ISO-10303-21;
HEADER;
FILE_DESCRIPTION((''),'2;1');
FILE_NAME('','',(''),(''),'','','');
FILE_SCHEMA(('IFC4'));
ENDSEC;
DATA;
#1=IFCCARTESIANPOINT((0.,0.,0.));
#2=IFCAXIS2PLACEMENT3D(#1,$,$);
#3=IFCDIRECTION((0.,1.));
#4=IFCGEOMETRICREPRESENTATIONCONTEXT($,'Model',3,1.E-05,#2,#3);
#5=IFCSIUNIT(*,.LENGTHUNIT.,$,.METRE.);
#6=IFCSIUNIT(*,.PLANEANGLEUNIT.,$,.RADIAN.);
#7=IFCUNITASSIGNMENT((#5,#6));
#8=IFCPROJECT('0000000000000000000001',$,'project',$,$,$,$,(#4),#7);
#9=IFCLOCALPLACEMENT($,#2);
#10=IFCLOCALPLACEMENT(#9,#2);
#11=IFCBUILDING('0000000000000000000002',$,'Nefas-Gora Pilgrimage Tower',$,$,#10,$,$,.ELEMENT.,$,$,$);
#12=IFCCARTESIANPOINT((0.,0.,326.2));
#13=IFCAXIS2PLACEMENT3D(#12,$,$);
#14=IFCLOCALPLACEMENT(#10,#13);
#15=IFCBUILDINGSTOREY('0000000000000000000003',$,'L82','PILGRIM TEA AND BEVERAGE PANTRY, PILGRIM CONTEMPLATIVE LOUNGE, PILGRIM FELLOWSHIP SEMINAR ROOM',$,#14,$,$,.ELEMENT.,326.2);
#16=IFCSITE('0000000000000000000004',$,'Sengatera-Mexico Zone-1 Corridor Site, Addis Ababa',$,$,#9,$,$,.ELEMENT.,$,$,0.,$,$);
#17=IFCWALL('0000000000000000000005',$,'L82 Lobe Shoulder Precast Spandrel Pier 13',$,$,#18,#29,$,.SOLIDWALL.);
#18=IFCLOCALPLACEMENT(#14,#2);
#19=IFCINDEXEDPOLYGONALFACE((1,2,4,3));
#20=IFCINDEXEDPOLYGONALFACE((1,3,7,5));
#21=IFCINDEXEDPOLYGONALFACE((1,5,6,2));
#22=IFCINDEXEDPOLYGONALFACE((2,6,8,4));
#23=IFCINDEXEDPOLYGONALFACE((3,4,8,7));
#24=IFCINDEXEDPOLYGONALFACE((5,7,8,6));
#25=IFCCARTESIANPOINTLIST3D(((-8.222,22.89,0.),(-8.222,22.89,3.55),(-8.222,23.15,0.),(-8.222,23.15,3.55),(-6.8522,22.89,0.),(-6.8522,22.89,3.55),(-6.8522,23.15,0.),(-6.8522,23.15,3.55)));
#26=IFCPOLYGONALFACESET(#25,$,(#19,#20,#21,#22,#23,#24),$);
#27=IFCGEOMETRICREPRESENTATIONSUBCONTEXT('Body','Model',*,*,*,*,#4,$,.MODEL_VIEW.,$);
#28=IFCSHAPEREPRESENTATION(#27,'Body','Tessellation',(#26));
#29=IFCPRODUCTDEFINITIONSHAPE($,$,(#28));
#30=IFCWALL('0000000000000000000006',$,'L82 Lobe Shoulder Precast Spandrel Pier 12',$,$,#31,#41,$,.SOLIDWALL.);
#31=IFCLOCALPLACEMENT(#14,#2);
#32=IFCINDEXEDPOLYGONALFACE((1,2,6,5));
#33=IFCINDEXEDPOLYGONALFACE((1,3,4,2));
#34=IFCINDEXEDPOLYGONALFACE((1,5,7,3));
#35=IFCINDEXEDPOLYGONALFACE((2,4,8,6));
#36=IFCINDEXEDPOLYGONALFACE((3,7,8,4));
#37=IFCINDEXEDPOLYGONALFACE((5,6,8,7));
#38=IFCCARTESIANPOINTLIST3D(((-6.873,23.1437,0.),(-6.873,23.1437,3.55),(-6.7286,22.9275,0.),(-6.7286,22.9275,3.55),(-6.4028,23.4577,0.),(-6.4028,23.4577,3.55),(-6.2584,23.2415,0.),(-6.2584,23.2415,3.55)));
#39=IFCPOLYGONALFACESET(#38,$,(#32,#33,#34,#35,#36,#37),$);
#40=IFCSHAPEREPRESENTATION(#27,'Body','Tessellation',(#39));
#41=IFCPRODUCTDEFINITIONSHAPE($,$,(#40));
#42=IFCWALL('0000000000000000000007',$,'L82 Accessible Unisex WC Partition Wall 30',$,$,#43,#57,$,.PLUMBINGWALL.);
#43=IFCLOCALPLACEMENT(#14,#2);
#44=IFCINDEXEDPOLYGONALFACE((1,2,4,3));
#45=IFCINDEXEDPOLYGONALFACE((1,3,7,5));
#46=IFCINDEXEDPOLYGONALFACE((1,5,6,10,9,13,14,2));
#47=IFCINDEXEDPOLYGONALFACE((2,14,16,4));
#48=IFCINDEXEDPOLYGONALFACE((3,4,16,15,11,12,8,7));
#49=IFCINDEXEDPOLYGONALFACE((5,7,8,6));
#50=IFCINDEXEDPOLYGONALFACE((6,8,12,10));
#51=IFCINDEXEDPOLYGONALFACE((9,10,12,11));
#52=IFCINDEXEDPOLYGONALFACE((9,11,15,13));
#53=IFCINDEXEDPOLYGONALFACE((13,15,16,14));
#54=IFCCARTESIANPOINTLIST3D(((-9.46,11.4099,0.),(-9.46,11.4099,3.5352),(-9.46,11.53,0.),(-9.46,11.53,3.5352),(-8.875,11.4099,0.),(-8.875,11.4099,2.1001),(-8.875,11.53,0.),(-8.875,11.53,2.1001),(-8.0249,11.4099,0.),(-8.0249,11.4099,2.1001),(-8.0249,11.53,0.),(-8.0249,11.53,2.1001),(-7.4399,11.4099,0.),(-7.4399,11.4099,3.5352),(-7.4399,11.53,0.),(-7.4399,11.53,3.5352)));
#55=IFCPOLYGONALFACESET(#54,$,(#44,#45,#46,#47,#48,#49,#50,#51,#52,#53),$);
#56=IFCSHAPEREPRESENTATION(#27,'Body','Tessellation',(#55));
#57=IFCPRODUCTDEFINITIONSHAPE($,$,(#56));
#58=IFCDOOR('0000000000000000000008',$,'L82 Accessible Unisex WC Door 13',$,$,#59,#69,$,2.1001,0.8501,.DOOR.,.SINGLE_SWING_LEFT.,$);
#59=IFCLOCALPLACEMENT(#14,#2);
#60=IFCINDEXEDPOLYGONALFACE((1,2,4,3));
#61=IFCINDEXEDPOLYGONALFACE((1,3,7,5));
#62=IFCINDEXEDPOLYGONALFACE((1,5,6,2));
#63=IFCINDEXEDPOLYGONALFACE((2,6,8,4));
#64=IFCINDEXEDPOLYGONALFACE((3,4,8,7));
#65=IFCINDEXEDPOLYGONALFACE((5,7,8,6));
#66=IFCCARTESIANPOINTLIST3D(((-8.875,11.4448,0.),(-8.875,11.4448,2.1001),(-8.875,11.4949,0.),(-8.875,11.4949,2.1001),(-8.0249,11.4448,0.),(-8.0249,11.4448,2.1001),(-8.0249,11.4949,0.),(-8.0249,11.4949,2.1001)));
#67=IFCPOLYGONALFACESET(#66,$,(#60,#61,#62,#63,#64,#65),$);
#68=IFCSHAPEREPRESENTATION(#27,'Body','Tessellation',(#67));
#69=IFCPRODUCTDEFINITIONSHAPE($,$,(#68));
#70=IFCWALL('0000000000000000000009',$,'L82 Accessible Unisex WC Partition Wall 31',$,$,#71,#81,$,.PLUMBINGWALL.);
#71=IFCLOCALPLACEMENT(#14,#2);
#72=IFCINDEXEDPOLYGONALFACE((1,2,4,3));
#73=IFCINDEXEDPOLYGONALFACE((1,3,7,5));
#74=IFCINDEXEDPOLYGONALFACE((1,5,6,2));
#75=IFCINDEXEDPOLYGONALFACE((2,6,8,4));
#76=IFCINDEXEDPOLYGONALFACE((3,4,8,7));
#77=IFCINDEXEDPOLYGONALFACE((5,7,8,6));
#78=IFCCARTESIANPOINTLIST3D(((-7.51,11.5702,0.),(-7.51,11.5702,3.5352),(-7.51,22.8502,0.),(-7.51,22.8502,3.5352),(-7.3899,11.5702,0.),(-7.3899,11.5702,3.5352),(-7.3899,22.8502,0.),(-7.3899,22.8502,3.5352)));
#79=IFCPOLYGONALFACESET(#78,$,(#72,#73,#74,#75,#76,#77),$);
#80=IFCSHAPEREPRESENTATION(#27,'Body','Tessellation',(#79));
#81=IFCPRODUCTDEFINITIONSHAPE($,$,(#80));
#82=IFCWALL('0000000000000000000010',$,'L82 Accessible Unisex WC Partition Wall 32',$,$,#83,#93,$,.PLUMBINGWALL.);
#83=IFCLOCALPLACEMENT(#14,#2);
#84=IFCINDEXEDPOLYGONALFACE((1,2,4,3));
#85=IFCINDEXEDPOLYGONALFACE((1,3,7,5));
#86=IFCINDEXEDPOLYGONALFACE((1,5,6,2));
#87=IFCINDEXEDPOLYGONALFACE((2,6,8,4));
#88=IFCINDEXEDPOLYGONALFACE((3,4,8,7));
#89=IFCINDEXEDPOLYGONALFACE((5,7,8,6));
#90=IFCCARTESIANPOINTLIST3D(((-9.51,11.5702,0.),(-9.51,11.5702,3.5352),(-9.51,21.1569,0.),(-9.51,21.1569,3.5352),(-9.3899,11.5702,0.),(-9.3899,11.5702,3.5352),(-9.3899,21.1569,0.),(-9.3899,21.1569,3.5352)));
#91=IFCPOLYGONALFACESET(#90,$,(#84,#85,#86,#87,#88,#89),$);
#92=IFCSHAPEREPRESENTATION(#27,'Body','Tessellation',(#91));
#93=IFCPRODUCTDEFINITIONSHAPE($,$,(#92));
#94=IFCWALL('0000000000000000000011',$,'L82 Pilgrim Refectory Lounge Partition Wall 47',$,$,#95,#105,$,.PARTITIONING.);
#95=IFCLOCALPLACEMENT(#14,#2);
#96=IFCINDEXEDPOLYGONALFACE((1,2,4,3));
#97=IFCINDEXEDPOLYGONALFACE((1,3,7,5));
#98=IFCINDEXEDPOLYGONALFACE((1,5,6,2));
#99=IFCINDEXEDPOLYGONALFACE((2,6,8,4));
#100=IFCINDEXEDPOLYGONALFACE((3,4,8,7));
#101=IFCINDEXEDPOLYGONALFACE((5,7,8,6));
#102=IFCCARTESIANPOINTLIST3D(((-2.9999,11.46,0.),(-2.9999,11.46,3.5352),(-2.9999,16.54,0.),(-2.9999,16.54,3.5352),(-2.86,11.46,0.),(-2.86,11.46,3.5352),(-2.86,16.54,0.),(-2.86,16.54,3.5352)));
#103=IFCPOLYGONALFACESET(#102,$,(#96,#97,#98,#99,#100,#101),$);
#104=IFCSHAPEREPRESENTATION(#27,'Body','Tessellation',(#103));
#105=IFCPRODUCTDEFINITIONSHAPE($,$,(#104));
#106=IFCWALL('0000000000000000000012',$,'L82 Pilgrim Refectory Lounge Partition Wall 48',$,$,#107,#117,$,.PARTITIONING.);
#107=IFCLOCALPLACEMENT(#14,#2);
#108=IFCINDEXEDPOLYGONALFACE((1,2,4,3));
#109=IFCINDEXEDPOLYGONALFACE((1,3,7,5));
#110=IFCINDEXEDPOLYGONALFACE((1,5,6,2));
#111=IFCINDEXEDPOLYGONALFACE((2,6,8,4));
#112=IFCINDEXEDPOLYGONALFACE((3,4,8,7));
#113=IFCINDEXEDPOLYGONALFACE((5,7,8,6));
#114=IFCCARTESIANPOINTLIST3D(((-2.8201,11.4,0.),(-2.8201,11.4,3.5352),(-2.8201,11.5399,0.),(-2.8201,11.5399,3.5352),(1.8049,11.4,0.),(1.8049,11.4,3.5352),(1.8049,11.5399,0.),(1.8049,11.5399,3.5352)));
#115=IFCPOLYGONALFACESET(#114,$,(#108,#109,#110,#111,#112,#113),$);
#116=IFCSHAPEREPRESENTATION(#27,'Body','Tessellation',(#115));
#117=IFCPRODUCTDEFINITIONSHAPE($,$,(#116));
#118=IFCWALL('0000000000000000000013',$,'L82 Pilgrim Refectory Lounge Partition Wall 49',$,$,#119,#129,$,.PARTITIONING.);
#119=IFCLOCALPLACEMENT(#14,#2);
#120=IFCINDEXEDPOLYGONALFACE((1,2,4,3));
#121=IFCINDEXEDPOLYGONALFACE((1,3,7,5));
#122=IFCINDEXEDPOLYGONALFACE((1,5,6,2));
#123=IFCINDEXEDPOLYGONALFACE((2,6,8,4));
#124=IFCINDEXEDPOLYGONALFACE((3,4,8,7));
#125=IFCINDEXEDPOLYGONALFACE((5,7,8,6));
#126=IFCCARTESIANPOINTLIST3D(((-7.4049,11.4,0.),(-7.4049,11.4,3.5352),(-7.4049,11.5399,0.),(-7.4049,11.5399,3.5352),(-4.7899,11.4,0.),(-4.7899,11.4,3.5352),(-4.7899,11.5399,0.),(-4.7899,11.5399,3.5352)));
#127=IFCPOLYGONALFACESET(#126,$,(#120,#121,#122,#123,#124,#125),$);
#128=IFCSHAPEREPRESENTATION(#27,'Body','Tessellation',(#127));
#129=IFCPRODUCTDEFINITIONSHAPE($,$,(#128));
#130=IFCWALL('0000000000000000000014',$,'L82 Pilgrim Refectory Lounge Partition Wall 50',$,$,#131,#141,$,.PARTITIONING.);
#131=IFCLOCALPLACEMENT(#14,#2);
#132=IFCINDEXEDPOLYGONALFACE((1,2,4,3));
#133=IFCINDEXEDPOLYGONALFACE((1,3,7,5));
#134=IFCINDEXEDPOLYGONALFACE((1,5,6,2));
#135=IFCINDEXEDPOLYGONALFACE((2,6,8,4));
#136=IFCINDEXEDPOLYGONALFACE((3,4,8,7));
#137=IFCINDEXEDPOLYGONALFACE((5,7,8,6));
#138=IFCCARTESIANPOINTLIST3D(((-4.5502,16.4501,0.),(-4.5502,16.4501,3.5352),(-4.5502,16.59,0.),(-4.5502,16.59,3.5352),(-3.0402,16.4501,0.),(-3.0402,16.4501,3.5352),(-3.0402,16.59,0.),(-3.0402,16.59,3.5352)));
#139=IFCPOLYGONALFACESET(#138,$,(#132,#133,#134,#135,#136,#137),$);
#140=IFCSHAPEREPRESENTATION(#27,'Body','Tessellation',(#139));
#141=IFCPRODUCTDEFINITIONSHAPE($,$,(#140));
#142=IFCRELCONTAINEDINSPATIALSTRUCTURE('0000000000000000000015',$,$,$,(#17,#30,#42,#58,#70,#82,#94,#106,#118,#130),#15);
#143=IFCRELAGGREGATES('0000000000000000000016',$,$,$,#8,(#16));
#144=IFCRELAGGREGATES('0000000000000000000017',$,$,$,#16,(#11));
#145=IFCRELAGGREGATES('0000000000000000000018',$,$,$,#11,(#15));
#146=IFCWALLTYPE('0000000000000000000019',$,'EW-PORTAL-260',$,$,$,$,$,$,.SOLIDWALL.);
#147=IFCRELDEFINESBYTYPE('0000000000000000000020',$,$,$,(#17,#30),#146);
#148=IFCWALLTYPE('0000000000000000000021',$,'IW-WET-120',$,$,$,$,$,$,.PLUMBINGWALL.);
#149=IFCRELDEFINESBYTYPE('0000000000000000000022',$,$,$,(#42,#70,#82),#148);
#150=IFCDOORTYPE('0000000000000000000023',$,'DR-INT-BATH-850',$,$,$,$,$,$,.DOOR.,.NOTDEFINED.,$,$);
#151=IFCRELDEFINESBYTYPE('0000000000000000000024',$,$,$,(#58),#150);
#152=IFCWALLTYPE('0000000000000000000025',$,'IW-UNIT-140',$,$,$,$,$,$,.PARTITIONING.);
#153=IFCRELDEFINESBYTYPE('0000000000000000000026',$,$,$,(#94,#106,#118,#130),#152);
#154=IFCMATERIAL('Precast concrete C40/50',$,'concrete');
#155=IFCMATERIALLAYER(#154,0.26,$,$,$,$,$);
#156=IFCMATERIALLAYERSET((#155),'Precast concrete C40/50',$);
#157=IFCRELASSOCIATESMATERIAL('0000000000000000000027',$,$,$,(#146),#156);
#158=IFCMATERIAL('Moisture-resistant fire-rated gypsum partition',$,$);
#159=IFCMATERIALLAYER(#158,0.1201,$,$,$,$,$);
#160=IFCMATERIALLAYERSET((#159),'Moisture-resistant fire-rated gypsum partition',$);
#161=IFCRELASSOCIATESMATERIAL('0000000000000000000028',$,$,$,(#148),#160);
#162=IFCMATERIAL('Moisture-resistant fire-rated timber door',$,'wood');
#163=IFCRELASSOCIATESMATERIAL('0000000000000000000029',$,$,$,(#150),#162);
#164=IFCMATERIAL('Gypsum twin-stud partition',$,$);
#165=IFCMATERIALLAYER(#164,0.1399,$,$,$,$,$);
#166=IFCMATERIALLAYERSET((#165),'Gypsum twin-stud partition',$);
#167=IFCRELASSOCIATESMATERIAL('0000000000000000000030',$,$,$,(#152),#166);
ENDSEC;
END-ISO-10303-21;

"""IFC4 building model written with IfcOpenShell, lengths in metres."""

from ifc_helpers import new_model, si_unit, direction, frame, frame_2d, origin, place, context, subcontext, project, spatial, rectangle, extrude, source, transform, mapped, material, layer, layer_set, type_object, element, fill, save


model = new_model("IFC4")

# Units and contexts
model_context = context("Model", 3, precision=1e-05, world=origin(), true_north=direction((0.0, 1.0)))
body_context = subcontext(model_context, "Body", "Model", "MODEL_VIEW")
ifc_project = project(units=[si_unit("LENGTHUNIT", "METRE"), si_unit("PLANEANGLEUNIT", "RADIAN")], contexts=[model_context])

# Site, building, storey
site_placement = place(None, origin())
site = spatial("IfcSite", under=ifc_project, at=site_placement, Name="Sengatera-Mexico Zone-1 Corridor Site, Addis Ababa", CompositionType="ELEMENT", RefElevation=0.0)
building_placement = place(site_placement, origin())
building = spatial("IfcBuilding", under=site, at=building_placement, Name="Nefas-Gora Pilgrimage Tower", CompositionType="ELEMENT")
storey_placement = place(building_placement, frame((0.0, 0.0, 326.2)))
storey = spatial("IfcBuildingStorey", under=building, at=storey_placement, Name="L82", Description="PILGRIM TEA AND BEVERAGE PANTRY, PILGRIM CONTEMPLATIVE LOUNGE, PILGRIM FELLOWSHIP SEMINAR ROOM", CompositionType="ELEMENT", Elevation=326.2)

# Walls
ifc_material_1 = material(Name="Precast concrete C40/50", Category="concrete")
ifc_layer_1 = layer(ifc_material_1, 0.26)
ifc_layer_set_1 = layer_set([ifc_layer_1], Name="Precast concrete C40/50")
wall_type_1 = type_object("IfcWallType", Name="EW-PORTAL-260", PredefinedType="SOLIDWALL", material=ifc_layer_set_1)
shared_shape_1 = source(origin(), body_context, "Body", "SweptSolid", [
    extrude(rectangle(XDim=1.3699, YDim=0.26, at=frame_2d((0.6851, 0.0))), origin(), (0.0, 0.0, 1.0), 3.55),
])
wall_1_placement = place(storey_placement, frame((-6.8521, 23.02, 0.0), z_axis=(0.0, 0.0, 1.0), x_axis=(-1.0, 0.0, 0.0)))
element("IfcWall", 1, at=wall_1_placement, inside=storey, type_object=wall_type_1, Name="L82 Lobe Shoulder Precast Spandrel Pier 13", PredefinedType="SOLIDWALL", context=body_context, shape_type="MappedRepresentation", body=[
    mapped(shared_shape_1, transform((0.0, 0.0, 0.0), x_axis=(1.0, 0.0, 0.0), y_axis=(0.0, 1.0, 0.0), z_axis=(0.0, 0.0, 1.0), scale=1.0)),
])
shared_shape_2 = source(origin(), body_context, "Body", "SweptSolid", [
    extrude(rectangle(XDim=0.5654, YDim=0.26, at=frame_2d((0.2827, 0.0))), origin(), (0.0, 0.0, 1.0), 3.55),
])
wall_2_placement = place(storey_placement, frame((-6.3306, 23.3496, 0.0), z_axis=(0.0, 0.0, 1.0), x_axis=(-0.831651, -0.555298, 0.0)))
element("IfcWall", 2, at=wall_2_placement, inside=storey, type_object=wall_type_1, Name="L82 Lobe Shoulder Precast Spandrel Pier 12", PredefinedType="SOLIDWALL", context=body_context, shape_type="MappedRepresentation", body=[
    mapped(shared_shape_2, transform((0.0, 0.0, 0.0), x_axis=(1.0, 0.0, 0.0), y_axis=(0.0, 1.0, 0.0), z_axis=(0.0, 0.0, 1.0), scale=1.0)),
])

# Wall, opening, door
ifc_material_2 = material(Name="Moisture-resistant fire-rated gypsum partition")
ifc_layer_2 = layer(ifc_material_2, 0.1201)
ifc_layer_set_2 = layer_set([ifc_layer_2], Name="Moisture-resistant fire-rated gypsum partition")
wall_type_2 = type_object("IfcWallType", Name="IW-WET-120", PredefinedType="PLUMBINGWALL", material=ifc_layer_set_2)
shared_shape_3 = source(origin(), body_context, "Body", "SweptSolid", [
    extrude(rectangle(XDim=2.02, YDim=0.1201, at=frame_2d((1.01, 0.0))), origin(), (0.0, 0.0, 1.0), 3.5352),
])
wall_3_placement = place(storey_placement, frame((-9.46, 11.47, 0.0), z_axis=(0.0, 0.0, 1.0), x_axis=(1.0, 0.0, 0.0)))
wall_3 = element("IfcWall", 3, at=wall_3_placement, inside=storey, type_object=wall_type_2, Name="L82 Accessible Unisex WC Partition Wall 30", PredefinedType="PLUMBINGWALL", context=body_context, shape_type="MappedRepresentation", body=[
    mapped(shared_shape_3, transform((0.0, 0.0, 0.0), x_axis=(1.0, 0.0, 0.0), y_axis=(0.0, 1.0, 0.0), z_axis=(0.0, 0.0, 1.0), scale=1.0)),
])
opening_placement = place(wall_3_placement, frame((0.585, 0.0, 0.0)))
opening = element("IfcOpeningElement", 4, at=opening_placement, cuts=wall_3, PredefinedType="OPENING", context=body_context, shape_type="SweptSolid", body=[
    extrude(rectangle(XDim=0.8501, YDim=2.1001, at=frame_2d((0.425, 1.05))), frame((0.0, 0.0701, 0.0), z_axis=(0.0, -1.0, 0.0), x_axis=(1.0, 0.0, 0.0)), (0.0, 0.0, 1.0), 0.1401),
])
ifc_material_3 = material(Name="Moisture-resistant fire-rated timber door", Category="wood")
door_type = type_object("IfcDoorType", Name="DR-INT-BATH-850", OperationType="NOTDEFINED", PredefinedType="DOOR", material=ifc_material_3)
shared_shape_4 = source(origin(), body_context, "Body", "SweptSolid", [
    extrude(rectangle(XDim=0.8501, YDim=2.1001, at=frame_2d((0.425, 1.05))), frame((0.0, 0.0249, 0.0), z_axis=(0.0, -1.0, 0.0), x_axis=(1.0, 0.0, 0.0)), (0.0, 0.0, 1.0), 0.05),
])
door_placement = place(opening_placement, origin())
door = element("IfcDoor", 5, at=door_placement, inside=storey, type_object=door_type, Name="L82 Accessible Unisex WC Door 13", OperationType="SINGLE_SWING_LEFT", OverallHeight=2.1001, OverallWidth=0.8501, PredefinedType="DOOR", context=body_context, shape_type="MappedRepresentation", body=[
    mapped(shared_shape_4, transform((0.0, 0.0, 0.0), x_axis=(1.0, 0.0, 0.0), y_axis=(0.0, 1.0, 0.0), z_axis=(0.0, 0.0, 1.0), scale=1.0)),
])
fill(opening, door)

# Walls
shared_shape_5 = source(origin(), body_context, "Body", "SweptSolid", [
    extrude(rectangle(XDim=11.28, YDim=0.1201, at=frame_2d((5.6401, 0.0))), origin(), (0.0, 0.0, 1.0), 3.5352),
])
wall_4_placement = place(storey_placement, frame((-7.45, 11.5701, 0.0), z_axis=(0.0, 0.0, 1.0), x_axis=(0.0, 1.0, 0.0)))
element("IfcWall", 6, at=wall_4_placement, inside=storey, type_object=wall_type_2, Name="L82 Accessible Unisex WC Partition Wall 31", PredefinedType="PLUMBINGWALL", context=body_context, shape_type="MappedRepresentation", body=[
    mapped(shared_shape_5, transform((0.0, 0.0, 0.0), x_axis=(1.0, 0.0, 0.0), y_axis=(0.0, 1.0, 0.0), z_axis=(0.0, 0.0, 1.0), scale=1.0)),
])
shared_shape_6 = source(origin(), body_context, "Body", "SweptSolid", [
    extrude(rectangle(XDim=9.5867, YDim=0.1201, at=frame_2d((4.7935, 0.0))), origin(), (0.0, 0.0, 1.0), 3.5352),
])
wall_5_placement = place(storey_placement, frame((-9.45, 11.5701, 0.0), z_axis=(0.0, 0.0, 1.0), x_axis=(0.0, 1.0, 0.0)))
element("IfcWall", 7, at=wall_5_placement, inside=storey, type_object=wall_type_2, Name="L82 Accessible Unisex WC Partition Wall 32", PredefinedType="PLUMBINGWALL", context=body_context, shape_type="MappedRepresentation", body=[
    mapped(shared_shape_6, transform((0.0, 0.0, 0.0), x_axis=(1.0, 0.0, 0.0), y_axis=(0.0, 1.0, 0.0), z_axis=(0.0, 0.0, 1.0), scale=1.0)),
])
ifc_material_4 = material(Name="Gypsum twin-stud partition")
ifc_layer_3 = layer(ifc_material_4, 0.1399)
ifc_layer_set_3 = layer_set([ifc_layer_3], Name="Gypsum twin-stud partition")
wall_type_3 = type_object("IfcWallType", Name="IW-UNIT-140", PredefinedType="PARTITIONING", material=ifc_layer_set_3)
shared_shape_7 = source(origin(), body_context, "Body", "SweptSolid", [
    extrude(rectangle(XDim=5.0801, YDim=0.1399, at=frame_2d((2.54, 0.0))), origin(), (0.0, 0.0, 1.0), 3.5352),
])
wall_6_placement = place(storey_placement, frame((-2.9299, 11.46, 0.0), z_axis=(0.0, 0.0, 1.0), x_axis=(0.0, 1.0, 0.0)))
element("IfcWall", 8, at=wall_6_placement, inside=storey, type_object=wall_type_3, Name="L82 Pilgrim Refectory Lounge Partition Wall 47", PredefinedType="PARTITIONING", context=body_context, shape_type="MappedRepresentation", body=[
    mapped(shared_shape_7, transform((0.0, 0.0, 0.0), x_axis=(1.0, 0.0, 0.0), y_axis=(0.0, 1.0, 0.0), z_axis=(0.0, 0.0, 1.0), scale=1.0)),
])
shared_shape_8 = source(origin(), body_context, "Body", "SweptSolid", [
    extrude(rectangle(XDim=4.625, YDim=0.1399, at=frame_2d((2.3125, 0.0))), origin(), (0.0, 0.0, 1.0), 3.5352),
])
wall_7_placement = place(storey_placement, frame((-2.8201, 11.47, 0.0), z_axis=(0.0, 0.0, 1.0), x_axis=(1.0, 0.0, 0.0)))
element("IfcWall", 9, at=wall_7_placement, inside=storey, type_object=wall_type_3, Name="L82 Pilgrim Refectory Lounge Partition Wall 48", PredefinedType="PARTITIONING", context=body_context, shape_type="MappedRepresentation", body=[
    mapped(shared_shape_8, transform((0.0, 0.0, 0.0), x_axis=(1.0, 0.0, 0.0), y_axis=(0.0, 1.0, 0.0), z_axis=(0.0, 0.0, 1.0), scale=1.0)),
])
shared_shape_9 = source(origin(), body_context, "Body", "SweptSolid", [
    extrude(rectangle(XDim=2.615, YDim=0.1399, at=frame_2d((1.3076, 0.0))), origin(), (0.0, 0.0, 1.0), 3.5352),
])
wall_8_placement = place(storey_placement, frame((-7.405, 11.47, 0.0), z_axis=(0.0, 0.0, 1.0), x_axis=(1.0, 0.0, 0.0)))
element("IfcWall", 10, at=wall_8_placement, inside=storey, type_object=wall_type_3, Name="L82 Pilgrim Refectory Lounge Partition Wall 49", PredefinedType="PARTITIONING", context=body_context, shape_type="MappedRepresentation", body=[
    mapped(shared_shape_9, transform((0.0, 0.0, 0.0), x_axis=(1.0, 0.0, 0.0), y_axis=(0.0, 1.0, 0.0), z_axis=(0.0, 0.0, 1.0), scale=1.0)),
])
shared_shape_10 = source(origin(), body_context, "Body", "SweptSolid", [
    extrude(rectangle(XDim=1.51, YDim=0.1399, at=frame_2d((0.7549, 0.0))), origin(), (0.0, 0.0, 1.0), 3.5352),
])
wall_9_placement = place(storey_placement, frame((-4.55, 16.52, 0.0), z_axis=(0.0, 0.0, 1.0), x_axis=(1.0, 0.0, 0.0)))
element("IfcWall", 11, at=wall_9_placement, inside=storey, type_object=wall_type_3, Name="L82 Pilgrim Refectory Lounge Partition Wall 50", PredefinedType="PARTITIONING", context=body_context, shape_type="MappedRepresentation", body=[
    mapped(shared_shape_10, transform((0.0, 0.0, 0.0), x_axis=(1.0, 0.0, 0.0), y_axis=(0.0, 1.0, 0.0), z_axis=(0.0, 0.0, 1.0), scale=1.0)),
])

save(model, "model.ifc")
